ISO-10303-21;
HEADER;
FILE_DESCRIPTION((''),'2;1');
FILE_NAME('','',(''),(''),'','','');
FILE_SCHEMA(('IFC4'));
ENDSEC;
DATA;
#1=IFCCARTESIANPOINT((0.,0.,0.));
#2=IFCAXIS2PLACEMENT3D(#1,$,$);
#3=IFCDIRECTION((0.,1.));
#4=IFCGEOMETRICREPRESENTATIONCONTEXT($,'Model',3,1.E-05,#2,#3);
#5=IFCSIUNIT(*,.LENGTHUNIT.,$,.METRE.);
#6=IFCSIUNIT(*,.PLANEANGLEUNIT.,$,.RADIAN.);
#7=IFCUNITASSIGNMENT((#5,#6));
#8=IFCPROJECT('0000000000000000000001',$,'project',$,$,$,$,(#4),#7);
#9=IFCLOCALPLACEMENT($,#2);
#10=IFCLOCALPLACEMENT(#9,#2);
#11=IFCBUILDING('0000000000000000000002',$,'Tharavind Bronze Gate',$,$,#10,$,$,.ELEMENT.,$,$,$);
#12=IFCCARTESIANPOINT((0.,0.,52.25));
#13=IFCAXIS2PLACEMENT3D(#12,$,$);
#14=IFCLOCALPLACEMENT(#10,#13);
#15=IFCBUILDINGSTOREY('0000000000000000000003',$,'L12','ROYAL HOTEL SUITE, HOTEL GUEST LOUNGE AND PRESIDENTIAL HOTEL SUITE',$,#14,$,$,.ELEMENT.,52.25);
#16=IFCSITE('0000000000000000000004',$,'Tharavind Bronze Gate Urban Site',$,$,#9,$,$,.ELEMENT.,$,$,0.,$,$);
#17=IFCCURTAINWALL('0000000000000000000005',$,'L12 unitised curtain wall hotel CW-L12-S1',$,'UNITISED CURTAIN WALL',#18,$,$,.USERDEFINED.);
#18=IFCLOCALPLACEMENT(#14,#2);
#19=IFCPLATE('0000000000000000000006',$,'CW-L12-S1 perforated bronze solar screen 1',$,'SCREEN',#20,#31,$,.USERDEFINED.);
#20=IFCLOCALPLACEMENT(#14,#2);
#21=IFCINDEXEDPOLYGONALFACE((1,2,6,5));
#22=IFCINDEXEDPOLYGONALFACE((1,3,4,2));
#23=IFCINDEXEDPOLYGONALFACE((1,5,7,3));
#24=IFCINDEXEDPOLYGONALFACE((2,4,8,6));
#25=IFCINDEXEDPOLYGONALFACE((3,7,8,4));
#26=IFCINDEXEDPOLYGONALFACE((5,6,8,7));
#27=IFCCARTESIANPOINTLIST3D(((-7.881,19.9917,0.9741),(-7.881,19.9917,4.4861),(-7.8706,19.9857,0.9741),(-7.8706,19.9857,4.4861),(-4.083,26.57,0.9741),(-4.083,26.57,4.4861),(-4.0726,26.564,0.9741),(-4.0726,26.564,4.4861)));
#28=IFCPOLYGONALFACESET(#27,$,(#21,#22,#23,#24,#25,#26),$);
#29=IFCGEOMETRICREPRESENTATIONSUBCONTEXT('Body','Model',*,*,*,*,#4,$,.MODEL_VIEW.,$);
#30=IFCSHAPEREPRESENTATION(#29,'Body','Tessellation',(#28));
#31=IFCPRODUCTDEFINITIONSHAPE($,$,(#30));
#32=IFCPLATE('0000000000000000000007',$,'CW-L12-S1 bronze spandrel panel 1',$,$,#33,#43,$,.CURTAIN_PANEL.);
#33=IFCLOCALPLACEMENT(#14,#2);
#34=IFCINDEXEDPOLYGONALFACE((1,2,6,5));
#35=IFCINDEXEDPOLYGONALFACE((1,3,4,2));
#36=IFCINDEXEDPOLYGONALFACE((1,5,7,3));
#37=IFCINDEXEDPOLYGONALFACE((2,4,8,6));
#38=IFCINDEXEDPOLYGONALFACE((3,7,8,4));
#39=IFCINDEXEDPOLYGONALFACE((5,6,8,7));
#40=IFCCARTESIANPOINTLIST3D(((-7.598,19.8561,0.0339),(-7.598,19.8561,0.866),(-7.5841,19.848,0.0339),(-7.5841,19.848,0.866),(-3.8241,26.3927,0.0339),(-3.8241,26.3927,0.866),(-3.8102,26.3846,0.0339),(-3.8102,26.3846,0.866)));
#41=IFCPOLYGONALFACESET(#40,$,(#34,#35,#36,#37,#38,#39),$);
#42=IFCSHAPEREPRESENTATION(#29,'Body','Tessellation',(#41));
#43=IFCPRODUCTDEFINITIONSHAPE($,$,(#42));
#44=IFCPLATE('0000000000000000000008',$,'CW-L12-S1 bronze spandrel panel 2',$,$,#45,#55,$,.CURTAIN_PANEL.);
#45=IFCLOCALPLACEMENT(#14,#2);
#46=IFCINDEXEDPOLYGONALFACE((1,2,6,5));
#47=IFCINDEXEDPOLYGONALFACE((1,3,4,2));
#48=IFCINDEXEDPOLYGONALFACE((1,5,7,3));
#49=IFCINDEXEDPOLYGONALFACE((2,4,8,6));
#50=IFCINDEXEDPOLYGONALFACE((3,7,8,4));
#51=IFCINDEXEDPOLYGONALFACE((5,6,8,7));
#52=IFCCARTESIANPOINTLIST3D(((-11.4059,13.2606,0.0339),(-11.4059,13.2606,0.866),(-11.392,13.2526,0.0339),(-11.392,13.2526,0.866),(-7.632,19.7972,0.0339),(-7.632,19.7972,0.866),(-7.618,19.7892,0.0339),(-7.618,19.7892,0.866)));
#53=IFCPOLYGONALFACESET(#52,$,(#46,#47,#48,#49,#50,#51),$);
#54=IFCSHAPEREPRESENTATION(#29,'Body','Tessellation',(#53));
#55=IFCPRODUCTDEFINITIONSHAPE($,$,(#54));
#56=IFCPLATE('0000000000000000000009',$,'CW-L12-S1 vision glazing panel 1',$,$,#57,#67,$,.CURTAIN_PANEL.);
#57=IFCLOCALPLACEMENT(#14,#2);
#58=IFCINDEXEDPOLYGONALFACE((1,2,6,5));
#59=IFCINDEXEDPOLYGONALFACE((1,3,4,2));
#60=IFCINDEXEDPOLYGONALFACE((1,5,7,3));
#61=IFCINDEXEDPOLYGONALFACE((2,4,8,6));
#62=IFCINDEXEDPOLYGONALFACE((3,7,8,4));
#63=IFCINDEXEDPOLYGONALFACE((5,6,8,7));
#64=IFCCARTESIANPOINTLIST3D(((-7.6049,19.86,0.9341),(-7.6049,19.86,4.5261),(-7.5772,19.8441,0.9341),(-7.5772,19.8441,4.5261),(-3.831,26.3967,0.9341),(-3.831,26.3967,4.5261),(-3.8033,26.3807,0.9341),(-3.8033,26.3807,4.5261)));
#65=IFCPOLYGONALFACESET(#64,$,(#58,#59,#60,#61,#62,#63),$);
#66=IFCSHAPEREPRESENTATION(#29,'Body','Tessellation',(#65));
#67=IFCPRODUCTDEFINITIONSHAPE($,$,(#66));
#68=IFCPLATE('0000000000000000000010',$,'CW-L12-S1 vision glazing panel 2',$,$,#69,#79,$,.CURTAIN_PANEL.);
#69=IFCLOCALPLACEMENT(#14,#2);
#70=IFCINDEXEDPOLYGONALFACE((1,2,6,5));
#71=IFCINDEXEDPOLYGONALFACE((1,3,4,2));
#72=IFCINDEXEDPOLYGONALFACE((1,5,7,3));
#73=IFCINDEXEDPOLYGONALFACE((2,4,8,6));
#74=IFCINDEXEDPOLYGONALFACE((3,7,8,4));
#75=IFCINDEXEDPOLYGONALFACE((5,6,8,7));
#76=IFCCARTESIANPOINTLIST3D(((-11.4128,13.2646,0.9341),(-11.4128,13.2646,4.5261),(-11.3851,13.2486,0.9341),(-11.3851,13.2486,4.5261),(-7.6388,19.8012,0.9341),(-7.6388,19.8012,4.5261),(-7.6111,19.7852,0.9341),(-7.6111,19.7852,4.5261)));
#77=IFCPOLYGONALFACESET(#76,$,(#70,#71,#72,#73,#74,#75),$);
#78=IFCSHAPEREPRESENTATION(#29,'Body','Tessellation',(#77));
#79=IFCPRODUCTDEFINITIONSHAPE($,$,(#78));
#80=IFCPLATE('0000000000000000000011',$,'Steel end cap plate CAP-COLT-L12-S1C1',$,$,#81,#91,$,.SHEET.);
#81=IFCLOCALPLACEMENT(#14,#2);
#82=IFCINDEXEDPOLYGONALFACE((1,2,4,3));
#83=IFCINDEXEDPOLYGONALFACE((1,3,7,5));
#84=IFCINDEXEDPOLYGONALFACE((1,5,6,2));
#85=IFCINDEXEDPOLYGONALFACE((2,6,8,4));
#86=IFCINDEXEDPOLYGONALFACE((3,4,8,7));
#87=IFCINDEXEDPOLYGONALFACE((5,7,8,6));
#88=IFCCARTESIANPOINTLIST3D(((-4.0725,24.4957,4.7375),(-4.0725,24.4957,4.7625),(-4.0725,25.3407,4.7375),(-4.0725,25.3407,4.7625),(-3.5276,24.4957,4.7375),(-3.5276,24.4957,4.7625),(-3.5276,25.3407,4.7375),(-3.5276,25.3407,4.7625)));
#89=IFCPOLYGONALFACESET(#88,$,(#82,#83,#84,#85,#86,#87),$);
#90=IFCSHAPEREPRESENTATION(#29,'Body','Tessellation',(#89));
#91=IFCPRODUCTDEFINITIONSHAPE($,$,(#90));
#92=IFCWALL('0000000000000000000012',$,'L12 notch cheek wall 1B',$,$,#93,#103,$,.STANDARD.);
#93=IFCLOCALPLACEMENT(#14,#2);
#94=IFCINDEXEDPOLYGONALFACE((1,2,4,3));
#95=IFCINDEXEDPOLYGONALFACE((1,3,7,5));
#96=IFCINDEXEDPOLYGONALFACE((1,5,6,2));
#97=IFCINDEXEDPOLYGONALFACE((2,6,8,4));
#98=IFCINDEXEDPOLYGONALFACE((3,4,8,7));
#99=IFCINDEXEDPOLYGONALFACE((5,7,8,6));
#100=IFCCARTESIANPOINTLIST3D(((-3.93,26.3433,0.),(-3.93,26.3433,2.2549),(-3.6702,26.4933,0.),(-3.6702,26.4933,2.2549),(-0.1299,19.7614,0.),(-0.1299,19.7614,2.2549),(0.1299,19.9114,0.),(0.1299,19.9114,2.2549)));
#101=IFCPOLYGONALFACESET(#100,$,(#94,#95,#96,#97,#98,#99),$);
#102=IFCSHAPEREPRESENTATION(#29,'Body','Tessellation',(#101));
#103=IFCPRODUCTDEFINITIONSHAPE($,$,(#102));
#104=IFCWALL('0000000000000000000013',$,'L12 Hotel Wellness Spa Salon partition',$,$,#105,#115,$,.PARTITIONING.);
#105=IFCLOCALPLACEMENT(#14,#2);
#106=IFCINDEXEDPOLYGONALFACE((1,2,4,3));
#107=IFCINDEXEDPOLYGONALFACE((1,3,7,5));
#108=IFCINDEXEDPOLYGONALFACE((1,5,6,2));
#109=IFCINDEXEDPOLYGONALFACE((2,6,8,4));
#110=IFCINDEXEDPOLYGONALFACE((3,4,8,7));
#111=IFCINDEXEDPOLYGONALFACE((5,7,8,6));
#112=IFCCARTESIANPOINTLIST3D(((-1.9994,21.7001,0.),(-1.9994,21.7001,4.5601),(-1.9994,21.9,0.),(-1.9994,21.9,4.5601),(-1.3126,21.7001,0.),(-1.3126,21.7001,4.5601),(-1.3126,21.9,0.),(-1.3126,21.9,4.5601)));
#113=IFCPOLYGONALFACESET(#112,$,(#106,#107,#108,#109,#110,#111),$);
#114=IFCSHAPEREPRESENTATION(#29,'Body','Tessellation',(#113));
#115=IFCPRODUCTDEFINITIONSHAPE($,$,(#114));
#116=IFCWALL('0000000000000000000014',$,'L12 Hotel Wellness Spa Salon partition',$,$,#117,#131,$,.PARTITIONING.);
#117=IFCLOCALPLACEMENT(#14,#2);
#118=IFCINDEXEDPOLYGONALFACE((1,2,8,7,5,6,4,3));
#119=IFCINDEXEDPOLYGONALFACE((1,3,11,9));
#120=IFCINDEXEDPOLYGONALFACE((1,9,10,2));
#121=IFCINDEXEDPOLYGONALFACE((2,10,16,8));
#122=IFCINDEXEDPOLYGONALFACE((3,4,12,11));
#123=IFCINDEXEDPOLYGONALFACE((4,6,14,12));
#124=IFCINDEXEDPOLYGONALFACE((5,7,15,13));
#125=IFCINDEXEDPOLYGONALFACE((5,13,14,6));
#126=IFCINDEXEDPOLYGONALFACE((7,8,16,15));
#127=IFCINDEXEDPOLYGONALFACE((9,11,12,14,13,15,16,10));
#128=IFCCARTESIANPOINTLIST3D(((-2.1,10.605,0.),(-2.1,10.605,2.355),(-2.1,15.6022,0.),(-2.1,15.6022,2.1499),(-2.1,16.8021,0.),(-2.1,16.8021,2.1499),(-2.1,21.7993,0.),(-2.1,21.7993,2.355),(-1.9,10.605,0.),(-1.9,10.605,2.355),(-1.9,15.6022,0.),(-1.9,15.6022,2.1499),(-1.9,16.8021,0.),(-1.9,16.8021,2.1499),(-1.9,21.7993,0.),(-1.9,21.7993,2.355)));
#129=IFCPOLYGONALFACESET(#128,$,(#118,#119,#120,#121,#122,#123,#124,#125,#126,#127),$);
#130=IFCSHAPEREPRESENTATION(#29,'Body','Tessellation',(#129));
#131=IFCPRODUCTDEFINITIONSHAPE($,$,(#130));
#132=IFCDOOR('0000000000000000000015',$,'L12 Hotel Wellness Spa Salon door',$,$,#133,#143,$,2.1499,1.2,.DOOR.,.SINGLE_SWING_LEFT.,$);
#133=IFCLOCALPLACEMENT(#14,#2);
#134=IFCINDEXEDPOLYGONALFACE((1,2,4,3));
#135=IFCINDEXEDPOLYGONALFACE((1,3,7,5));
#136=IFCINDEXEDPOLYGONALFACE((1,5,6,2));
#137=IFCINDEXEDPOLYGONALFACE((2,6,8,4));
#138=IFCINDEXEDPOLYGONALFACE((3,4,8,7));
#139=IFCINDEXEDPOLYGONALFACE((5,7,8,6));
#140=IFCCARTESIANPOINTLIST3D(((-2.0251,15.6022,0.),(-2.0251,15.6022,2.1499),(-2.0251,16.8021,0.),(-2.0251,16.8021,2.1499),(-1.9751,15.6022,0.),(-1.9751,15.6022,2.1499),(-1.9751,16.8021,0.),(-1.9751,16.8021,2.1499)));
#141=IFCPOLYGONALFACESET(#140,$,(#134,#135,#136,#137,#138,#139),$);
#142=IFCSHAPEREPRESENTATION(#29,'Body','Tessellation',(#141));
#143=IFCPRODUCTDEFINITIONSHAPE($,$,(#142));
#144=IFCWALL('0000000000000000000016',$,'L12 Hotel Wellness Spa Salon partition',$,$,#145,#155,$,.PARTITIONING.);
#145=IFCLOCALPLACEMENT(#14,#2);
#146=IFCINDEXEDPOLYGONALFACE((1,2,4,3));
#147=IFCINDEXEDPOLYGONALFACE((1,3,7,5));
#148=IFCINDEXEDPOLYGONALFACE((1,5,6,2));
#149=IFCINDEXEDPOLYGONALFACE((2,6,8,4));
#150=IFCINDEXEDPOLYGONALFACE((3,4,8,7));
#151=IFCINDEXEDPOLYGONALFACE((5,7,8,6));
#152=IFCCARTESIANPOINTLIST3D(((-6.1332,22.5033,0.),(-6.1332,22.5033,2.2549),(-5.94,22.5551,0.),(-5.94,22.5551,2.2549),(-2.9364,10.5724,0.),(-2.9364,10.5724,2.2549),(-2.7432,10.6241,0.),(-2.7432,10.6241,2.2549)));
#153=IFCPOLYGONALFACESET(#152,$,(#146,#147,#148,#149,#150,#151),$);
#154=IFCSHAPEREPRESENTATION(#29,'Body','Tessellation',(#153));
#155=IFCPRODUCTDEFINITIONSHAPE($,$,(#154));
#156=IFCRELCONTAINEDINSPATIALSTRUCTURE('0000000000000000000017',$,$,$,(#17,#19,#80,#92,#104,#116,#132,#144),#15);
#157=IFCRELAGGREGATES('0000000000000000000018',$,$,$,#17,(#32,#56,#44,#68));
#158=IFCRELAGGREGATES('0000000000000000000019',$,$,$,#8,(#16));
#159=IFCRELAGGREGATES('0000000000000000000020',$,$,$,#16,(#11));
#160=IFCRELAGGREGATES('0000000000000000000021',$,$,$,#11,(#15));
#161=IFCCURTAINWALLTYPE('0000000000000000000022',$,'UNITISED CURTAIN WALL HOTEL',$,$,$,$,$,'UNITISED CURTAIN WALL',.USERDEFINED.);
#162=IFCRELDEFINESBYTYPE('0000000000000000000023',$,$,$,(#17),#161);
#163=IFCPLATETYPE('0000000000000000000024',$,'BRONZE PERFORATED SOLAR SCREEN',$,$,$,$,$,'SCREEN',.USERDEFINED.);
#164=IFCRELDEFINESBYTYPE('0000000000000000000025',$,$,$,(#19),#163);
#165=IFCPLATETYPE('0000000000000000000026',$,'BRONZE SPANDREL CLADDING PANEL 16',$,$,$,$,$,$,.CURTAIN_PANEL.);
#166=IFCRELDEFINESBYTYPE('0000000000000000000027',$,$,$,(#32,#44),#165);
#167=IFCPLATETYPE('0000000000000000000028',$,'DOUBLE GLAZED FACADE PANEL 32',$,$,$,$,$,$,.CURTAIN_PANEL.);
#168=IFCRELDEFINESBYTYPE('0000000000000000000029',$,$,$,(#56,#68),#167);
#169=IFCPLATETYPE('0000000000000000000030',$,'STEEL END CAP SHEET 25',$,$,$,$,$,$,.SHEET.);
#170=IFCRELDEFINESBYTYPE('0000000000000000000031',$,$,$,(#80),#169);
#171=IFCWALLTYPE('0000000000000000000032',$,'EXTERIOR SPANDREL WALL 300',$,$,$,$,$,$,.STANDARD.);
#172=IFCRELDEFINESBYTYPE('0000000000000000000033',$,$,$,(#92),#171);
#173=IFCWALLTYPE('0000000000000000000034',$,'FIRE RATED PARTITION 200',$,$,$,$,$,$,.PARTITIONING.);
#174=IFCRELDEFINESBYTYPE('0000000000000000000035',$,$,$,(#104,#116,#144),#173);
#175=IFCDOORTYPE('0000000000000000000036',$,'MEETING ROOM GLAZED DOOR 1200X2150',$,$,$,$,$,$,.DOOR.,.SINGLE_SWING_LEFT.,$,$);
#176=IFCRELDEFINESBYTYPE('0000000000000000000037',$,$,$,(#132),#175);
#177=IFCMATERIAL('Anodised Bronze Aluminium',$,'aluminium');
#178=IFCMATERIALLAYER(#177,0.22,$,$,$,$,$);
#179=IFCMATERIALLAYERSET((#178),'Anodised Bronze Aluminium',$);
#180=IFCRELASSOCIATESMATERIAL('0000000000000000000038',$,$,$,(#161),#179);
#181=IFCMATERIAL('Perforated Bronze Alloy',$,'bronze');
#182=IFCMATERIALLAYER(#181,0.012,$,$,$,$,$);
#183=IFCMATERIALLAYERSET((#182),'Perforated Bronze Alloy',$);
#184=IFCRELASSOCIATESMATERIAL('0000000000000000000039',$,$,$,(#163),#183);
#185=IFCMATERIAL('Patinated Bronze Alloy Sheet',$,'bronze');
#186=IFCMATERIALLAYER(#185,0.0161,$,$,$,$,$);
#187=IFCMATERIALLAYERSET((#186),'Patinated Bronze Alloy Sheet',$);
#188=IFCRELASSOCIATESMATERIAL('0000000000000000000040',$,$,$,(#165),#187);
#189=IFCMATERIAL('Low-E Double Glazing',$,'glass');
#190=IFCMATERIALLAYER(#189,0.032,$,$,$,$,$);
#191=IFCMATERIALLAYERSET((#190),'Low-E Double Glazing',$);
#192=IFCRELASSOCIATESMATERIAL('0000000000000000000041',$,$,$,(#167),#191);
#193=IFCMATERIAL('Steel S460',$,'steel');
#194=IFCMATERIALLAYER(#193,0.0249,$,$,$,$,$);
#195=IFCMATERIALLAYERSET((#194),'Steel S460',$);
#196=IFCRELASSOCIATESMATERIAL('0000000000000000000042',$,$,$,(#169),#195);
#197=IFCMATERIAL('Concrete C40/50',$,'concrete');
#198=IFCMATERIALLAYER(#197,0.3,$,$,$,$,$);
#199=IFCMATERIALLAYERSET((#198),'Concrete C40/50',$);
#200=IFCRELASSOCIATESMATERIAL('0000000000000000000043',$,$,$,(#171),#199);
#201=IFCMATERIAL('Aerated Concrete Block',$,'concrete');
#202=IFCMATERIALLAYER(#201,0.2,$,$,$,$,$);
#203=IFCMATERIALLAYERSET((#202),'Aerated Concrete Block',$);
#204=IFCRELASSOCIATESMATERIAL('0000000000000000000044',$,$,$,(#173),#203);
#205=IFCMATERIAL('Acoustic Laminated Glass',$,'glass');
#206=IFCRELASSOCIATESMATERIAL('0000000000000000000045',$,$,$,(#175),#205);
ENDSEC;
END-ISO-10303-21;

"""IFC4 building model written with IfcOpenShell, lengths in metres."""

from ifc_helpers import new_model, si_unit, direction, frame, frame_2d, origin, origin_2d, place, context, subcontext, project, spatial, rectangle, extrude, material, layer, layer_set, type_object, element, fill, aggregate, save


model = new_model("IFC4")

# Units and contexts
model_context = context("Model", 3, precision=1e-05, world=origin(), true_north=direction((0.0, 1.0)))
body_context = subcontext(model_context, "Body", "Model", "MODEL_VIEW")
ifc_project = project(units=[si_unit("LENGTHUNIT", "METRE"), si_unit("PLANEANGLEUNIT", "RADIAN")], contexts=[model_context])

# Site, building, storey
site_placement = place(None, origin())
site = spatial("IfcSite", under=ifc_project, at=site_placement, Name="Tharavind Bronze Gate Urban Site", CompositionType="ELEMENT", RefElevation=0.0)
building_placement = place(site_placement, origin())
building = spatial("IfcBuilding", under=site, at=building_placement, Name="Tharavind Bronze Gate", CompositionType="ELEMENT")
storey_placement = place(building_placement, frame((0.0, 0.0, 52.25)))
storey = spatial("IfcBuildingStorey", under=building, at=storey_placement, Name="L12", Description="ROYAL HOTEL SUITE, HOTEL GUEST LOUNGE AND PRESIDENTIAL HOTEL SUITE", CompositionType="ELEMENT", Elevation=52.25)

# Shared definitions
ifc_material_1 = material(Name="Steel S460", Category="steel")

# Curtain wall
ifc_material_2 = material(Name="Anodised Bronze Aluminium", Category="aluminium")
ifc_layer_1 = layer(ifc_material_2, 0.22)
ifc_layer_set_1 = layer_set([ifc_layer_1], Name="Anodised Bronze Aluminium")
curtain_wall_type = type_object("IfcCurtainWallType", Name="UNITISED CURTAIN WALL HOTEL", ElementType="UNITISED CURTAIN WALL", PredefinedType="USERDEFINED", material=ifc_layer_set_1)
curtain_wall_placement = place(storey_placement, origin())
curtain_wall = element("IfcCurtainWall", 1, at=curtain_wall_placement, inside=storey, type_object=curtain_wall_type, Name="L12 unitised curtain wall hotel CW-L12-S1", ObjectType="UNITISED CURTAIN WALL", PredefinedType="USERDEFINED")

# Plates
ifc_material_3 = material(Name="Perforated Bronze Alloy", Category="bronze")
ifc_layer_2 = layer(ifc_material_3, 0.012)
ifc_layer_set_2 = layer_set([ifc_layer_2], Name="Perforated Bronze Alloy")
plate_type_1 = type_object("IfcPlateType", Name="BRONZE PERFORATED SOLAR SCREEN", ElementType="SCREEN", PredefinedType="USERDEFINED", material=ifc_layer_set_2)
plate_1_placement = place(storey_placement, frame((-5.9768, 23.2778, 0.9741), z_axis=(0.0, 0.0, 1.0), x_axis=(-0.500002, -0.866025, 0.0)))
element("IfcPlate", 2, at=plate_1_placement, inside=storey, type_object=plate_type_1, Name="CW-L12-S1 perforated bronze solar screen 1", ObjectType="SCREEN", PredefinedType="USERDEFINED", context=body_context, shape_type="SweptSolid", body=[
    extrude(rectangle(XDim=7.5959, YDim=0.012, at=origin_2d()), origin(), (0.0, 0.0, 1.0), 3.512),
])
ifc_material_4 = material(Name="Patinated Bronze Alloy Sheet", Category="bronze")
ifc_layer_3 = layer(ifc_material_4, 0.0161)
ifc_layer_set_3 = layer_set([ifc_layer_3], Name="Patinated Bronze Alloy Sheet")
plate_type_2 = type_object("IfcPlateType", Name="BRONZE SPANDREL CLADDING PANEL 16", PredefinedType="CURTAIN_PANEL", material=ifc_layer_set_3)
plate_2_placement = place(storey_placement, frame((-5.7041, 23.1204, 0.0339), z_axis=(0.0, 0.0, 1.0), x_axis=(-0.500002, -0.866025, 0.0)))
plate_2 = element("IfcPlate", 3, at=plate_2_placement, type_object=plate_type_2, Name="CW-L12-S1 bronze spandrel panel 1", PredefinedType="CURTAIN_PANEL", context=body_context, shape_type="SweptSolid", body=[
    extrude(rectangle(XDim=7.5479, YDim=0.0161, at=origin_2d()), origin(), (0.0, 0.0, 1.0), 0.832),
])
plate_3_placement = place(storey_placement, frame((-9.512, 16.5249, 0.0339), z_axis=(0.0, 0.0, 1.0), x_axis=(-0.500002, -0.866025, 0.0)))
plate_3 = element("IfcPlate", 4, at=plate_3_placement, type_object=plate_type_2, Name="CW-L12-S1 bronze spandrel panel 2", PredefinedType="CURTAIN_PANEL", context=body_context, shape_type="SweptSolid", body=[
    extrude(rectangle(XDim=7.5479, YDim=0.0161, at=origin_2d()), origin(), (0.0, 0.0, 1.0), 0.832),
])
ifc_material_5 = material(Name="Low-E Double Glazing", Category="glass")
ifc_layer_4 = layer(ifc_material_5, 0.032)
ifc_layer_set_4 = layer_set([ifc_layer_4], Name="Low-E Double Glazing")
plate_type_3 = type_object("IfcPlateType", Name="DOUBLE GLAZED FACADE PANEL 32", PredefinedType="CURTAIN_PANEL", material=ifc_layer_set_4)
plate_4_placement = place(storey_placement, frame((-5.7041, 23.1204, 0.9341), z_axis=(0.0, 0.0, 1.0), x_axis=(-0.500002, -0.866025, 0.0)))
plate_4 = element("IfcPlate", 5, at=plate_4_placement, type_object=plate_type_3, Name="CW-L12-S1 vision glazing panel 1", PredefinedType="CURTAIN_PANEL", context=body_context, shape_type="SweptSolid", body=[
    extrude(rectangle(XDim=7.5479, YDim=0.032, at=origin_2d()), origin(), (0.0, 0.0, 1.0), 3.592),
])
plate_5_placement = place(storey_placement, frame((-9.512, 16.5249, 0.9341), z_axis=(0.0, 0.0, 1.0), x_axis=(-0.500002, -0.866025, 0.0)))
plate_5 = element("IfcPlate", 6, at=plate_5_placement, type_object=plate_type_3, Name="CW-L12-S1 vision glazing panel 2", PredefinedType="CURTAIN_PANEL", context=body_context, shape_type="SweptSolid", body=[
    extrude(rectangle(XDim=7.5479, YDim=0.032, at=origin_2d()), origin(), (0.0, 0.0, 1.0), 3.592),
])
aggregate(curtain_wall, [plate_2, plate_4, plate_3, plate_5])
ifc_layer_5 = layer(ifc_material_1, 0.0249)
ifc_layer_set_5 = layer_set([ifc_layer_5], Name="Steel S460")
plate_type_4 = type_object("IfcPlateType", Name="STEEL END CAP SHEET 25", PredefinedType="SHEET", material=ifc_layer_set_5)
plate_6_placement = place(storey_placement, frame((-3.8, 24.9182, 4.7375), z_axis=(0.0, 0.0, 1.0), x_axis=(1.0, 0.0, 0.0)))
element("IfcPlate", 7, at=plate_6_placement, inside=storey, type_object=plate_type_4, Name="Steel end cap plate CAP-COLT-L12-S1C1", PredefinedType="SHEET", context=body_context, shape_type="SweptSolid", body=[
    extrude(rectangle(XDim=0.5449, YDim=0.845, at=origin_2d()), origin(), (0.0, 0.0, 1.0), 0.0249),
])

# Walls
ifc_material_6 = material(Name="Concrete C40/50", Category="concrete")
ifc_layer_6 = layer(ifc_material_6, 0.3)
ifc_layer_set_6 = layer_set([ifc_layer_6], Name="Concrete C40/50")
wall_type_1 = type_object("IfcWallType", Name="EXTERIOR SPANDREL WALL 300", PredefinedType="STANDARD", material=ifc_layer_set_6)
wall_1_placement = place(storey_placement, frame((0.0, 19.8364, 0.0), z_axis=(0.0, 0.0, 1.0), x_axis=(-0.500005, 0.866022, 0.0)))
element("IfcWall", 8, at=wall_1_placement, inside=storey, type_object=wall_type_1, Name="L12 notch cheek wall 1B", PredefinedType="STANDARD", context=body_context, shape_type="SweptSolid", body=[
    extrude(rectangle(XDim=7.6001, YDim=0.3, at=frame_2d((3.8, 0.0))), origin(), (0.0, 0.0, 1.0), 2.2549),
])
ifc_material_7 = material(Name="Aerated Concrete Block", Category="concrete")
ifc_layer_7 = layer(ifc_material_7, 0.2)
ifc_layer_set_7 = layer_set([ifc_layer_7], Name="Aerated Concrete Block")
wall_type_2 = type_object("IfcWallType", Name="FIRE RATED PARTITION 200", PredefinedType="PARTITIONING", material=ifc_layer_set_7)
wall_2_placement = place(storey_placement, frame((-1.3127, 21.8, 0.0), z_axis=(0.0, 0.0, 1.0), x_axis=(-1.0, 0.0, 0.0)))
element("IfcWall", 9, at=wall_2_placement, inside=storey, type_object=wall_type_2, Name="L12 Hotel Wellness Spa Salon partition", PredefinedType="PARTITIONING", context=body_context, shape_type="SweptSolid", body=[
    extrude(rectangle(XDim=0.6868, YDim=0.2, at=frame_2d((0.3433, 0.0))), origin(), (0.0, 0.0, 1.0), 4.5601),
])

# Wall, opening, door
wall_3_placement = place(storey_placement, frame((-2.0, 21.7993, 0.0), z_axis=(0.0, 0.0, 1.0), x_axis=(0.0, -1.0, 0.0)))
wall_3 = element("IfcWall", 10, at=wall_3_placement, inside=storey, type_object=wall_type_2, Name="L12 Hotel Wellness Spa Salon partition", PredefinedType="PARTITIONING", context=body_context, shape_type="SweptSolid", body=[
    extrude(rectangle(XDim=11.1943, YDim=0.2, at=frame_2d((5.5972, 0.0))), origin(), (0.0, 0.0, 1.0), 2.355),
])
opening_placement = place(wall_3_placement, frame((4.9971, 0.0, 0.0)))
opening = element("IfcOpeningElement", 11, at=opening_placement, cuts=wall_3, PredefinedType="OPENING", context=body_context, shape_type="SweptSolid", body=[
    extrude(rectangle(XDim=1.2, YDim=2.1499, at=frame_2d((0.6001, 1.075))), frame((0.0, 0.1101, 0.0), z_axis=(0.0, -1.0, 0.0), x_axis=(1.0, 0.0, 0.0)), (0.0, 0.0, 1.0), 0.22),
])
ifc_material_8 = material(Name="Acoustic Laminated Glass", Category="glass")
door_type = type_object("IfcDoorType", Name="MEETING ROOM GLAZED DOOR 1200X2150", OperationType="SINGLE_SWING_LEFT", PredefinedType="DOOR", material=ifc_material_8)
door_placement = place(opening_placement, origin())
door = element("IfcDoor", 12, at=door_placement, inside=storey, type_object=door_type, Name="L12 Hotel Wellness Spa Salon door", OperationType="SINGLE_SWING_LEFT", OverallHeight=2.1499, OverallWidth=1.2, PredefinedType="DOOR", context=body_context, shape_type="SweptSolid", body=[
    extrude(rectangle(XDim=1.2, YDim=2.1499, at=frame_2d((0.6001, 1.075))), frame((0.0, 0.0249, 0.0), z_axis=(0.0, -1.0, 0.0), x_axis=(1.0, 0.0, 0.0)), (0.0, 0.0, 1.0), 0.05),
])
fill(opening, door)

# Wall
wall_4_placement = place(storey_placement, frame((-2.8398, 10.5984, 0.0), z_axis=(0.0, 0.0, 1.0), x_axis=(-0.258812, 0.965928, 0.0)))
element("IfcWall", 13, at=wall_4_placement, inside=storey, type_object=wall_type_2, Name="L12 Hotel Wellness Spa Salon partition", PredefinedType="PARTITIONING", context=body_context, shape_type="SweptSolid", body=[
    extrude(rectangle(XDim=12.3518, YDim=0.2, at=frame_2d((6.1758, 0.0))), origin(), (0.0, 0.0, 1.0), 2.2549),
])

save(model, "model.ifc")
